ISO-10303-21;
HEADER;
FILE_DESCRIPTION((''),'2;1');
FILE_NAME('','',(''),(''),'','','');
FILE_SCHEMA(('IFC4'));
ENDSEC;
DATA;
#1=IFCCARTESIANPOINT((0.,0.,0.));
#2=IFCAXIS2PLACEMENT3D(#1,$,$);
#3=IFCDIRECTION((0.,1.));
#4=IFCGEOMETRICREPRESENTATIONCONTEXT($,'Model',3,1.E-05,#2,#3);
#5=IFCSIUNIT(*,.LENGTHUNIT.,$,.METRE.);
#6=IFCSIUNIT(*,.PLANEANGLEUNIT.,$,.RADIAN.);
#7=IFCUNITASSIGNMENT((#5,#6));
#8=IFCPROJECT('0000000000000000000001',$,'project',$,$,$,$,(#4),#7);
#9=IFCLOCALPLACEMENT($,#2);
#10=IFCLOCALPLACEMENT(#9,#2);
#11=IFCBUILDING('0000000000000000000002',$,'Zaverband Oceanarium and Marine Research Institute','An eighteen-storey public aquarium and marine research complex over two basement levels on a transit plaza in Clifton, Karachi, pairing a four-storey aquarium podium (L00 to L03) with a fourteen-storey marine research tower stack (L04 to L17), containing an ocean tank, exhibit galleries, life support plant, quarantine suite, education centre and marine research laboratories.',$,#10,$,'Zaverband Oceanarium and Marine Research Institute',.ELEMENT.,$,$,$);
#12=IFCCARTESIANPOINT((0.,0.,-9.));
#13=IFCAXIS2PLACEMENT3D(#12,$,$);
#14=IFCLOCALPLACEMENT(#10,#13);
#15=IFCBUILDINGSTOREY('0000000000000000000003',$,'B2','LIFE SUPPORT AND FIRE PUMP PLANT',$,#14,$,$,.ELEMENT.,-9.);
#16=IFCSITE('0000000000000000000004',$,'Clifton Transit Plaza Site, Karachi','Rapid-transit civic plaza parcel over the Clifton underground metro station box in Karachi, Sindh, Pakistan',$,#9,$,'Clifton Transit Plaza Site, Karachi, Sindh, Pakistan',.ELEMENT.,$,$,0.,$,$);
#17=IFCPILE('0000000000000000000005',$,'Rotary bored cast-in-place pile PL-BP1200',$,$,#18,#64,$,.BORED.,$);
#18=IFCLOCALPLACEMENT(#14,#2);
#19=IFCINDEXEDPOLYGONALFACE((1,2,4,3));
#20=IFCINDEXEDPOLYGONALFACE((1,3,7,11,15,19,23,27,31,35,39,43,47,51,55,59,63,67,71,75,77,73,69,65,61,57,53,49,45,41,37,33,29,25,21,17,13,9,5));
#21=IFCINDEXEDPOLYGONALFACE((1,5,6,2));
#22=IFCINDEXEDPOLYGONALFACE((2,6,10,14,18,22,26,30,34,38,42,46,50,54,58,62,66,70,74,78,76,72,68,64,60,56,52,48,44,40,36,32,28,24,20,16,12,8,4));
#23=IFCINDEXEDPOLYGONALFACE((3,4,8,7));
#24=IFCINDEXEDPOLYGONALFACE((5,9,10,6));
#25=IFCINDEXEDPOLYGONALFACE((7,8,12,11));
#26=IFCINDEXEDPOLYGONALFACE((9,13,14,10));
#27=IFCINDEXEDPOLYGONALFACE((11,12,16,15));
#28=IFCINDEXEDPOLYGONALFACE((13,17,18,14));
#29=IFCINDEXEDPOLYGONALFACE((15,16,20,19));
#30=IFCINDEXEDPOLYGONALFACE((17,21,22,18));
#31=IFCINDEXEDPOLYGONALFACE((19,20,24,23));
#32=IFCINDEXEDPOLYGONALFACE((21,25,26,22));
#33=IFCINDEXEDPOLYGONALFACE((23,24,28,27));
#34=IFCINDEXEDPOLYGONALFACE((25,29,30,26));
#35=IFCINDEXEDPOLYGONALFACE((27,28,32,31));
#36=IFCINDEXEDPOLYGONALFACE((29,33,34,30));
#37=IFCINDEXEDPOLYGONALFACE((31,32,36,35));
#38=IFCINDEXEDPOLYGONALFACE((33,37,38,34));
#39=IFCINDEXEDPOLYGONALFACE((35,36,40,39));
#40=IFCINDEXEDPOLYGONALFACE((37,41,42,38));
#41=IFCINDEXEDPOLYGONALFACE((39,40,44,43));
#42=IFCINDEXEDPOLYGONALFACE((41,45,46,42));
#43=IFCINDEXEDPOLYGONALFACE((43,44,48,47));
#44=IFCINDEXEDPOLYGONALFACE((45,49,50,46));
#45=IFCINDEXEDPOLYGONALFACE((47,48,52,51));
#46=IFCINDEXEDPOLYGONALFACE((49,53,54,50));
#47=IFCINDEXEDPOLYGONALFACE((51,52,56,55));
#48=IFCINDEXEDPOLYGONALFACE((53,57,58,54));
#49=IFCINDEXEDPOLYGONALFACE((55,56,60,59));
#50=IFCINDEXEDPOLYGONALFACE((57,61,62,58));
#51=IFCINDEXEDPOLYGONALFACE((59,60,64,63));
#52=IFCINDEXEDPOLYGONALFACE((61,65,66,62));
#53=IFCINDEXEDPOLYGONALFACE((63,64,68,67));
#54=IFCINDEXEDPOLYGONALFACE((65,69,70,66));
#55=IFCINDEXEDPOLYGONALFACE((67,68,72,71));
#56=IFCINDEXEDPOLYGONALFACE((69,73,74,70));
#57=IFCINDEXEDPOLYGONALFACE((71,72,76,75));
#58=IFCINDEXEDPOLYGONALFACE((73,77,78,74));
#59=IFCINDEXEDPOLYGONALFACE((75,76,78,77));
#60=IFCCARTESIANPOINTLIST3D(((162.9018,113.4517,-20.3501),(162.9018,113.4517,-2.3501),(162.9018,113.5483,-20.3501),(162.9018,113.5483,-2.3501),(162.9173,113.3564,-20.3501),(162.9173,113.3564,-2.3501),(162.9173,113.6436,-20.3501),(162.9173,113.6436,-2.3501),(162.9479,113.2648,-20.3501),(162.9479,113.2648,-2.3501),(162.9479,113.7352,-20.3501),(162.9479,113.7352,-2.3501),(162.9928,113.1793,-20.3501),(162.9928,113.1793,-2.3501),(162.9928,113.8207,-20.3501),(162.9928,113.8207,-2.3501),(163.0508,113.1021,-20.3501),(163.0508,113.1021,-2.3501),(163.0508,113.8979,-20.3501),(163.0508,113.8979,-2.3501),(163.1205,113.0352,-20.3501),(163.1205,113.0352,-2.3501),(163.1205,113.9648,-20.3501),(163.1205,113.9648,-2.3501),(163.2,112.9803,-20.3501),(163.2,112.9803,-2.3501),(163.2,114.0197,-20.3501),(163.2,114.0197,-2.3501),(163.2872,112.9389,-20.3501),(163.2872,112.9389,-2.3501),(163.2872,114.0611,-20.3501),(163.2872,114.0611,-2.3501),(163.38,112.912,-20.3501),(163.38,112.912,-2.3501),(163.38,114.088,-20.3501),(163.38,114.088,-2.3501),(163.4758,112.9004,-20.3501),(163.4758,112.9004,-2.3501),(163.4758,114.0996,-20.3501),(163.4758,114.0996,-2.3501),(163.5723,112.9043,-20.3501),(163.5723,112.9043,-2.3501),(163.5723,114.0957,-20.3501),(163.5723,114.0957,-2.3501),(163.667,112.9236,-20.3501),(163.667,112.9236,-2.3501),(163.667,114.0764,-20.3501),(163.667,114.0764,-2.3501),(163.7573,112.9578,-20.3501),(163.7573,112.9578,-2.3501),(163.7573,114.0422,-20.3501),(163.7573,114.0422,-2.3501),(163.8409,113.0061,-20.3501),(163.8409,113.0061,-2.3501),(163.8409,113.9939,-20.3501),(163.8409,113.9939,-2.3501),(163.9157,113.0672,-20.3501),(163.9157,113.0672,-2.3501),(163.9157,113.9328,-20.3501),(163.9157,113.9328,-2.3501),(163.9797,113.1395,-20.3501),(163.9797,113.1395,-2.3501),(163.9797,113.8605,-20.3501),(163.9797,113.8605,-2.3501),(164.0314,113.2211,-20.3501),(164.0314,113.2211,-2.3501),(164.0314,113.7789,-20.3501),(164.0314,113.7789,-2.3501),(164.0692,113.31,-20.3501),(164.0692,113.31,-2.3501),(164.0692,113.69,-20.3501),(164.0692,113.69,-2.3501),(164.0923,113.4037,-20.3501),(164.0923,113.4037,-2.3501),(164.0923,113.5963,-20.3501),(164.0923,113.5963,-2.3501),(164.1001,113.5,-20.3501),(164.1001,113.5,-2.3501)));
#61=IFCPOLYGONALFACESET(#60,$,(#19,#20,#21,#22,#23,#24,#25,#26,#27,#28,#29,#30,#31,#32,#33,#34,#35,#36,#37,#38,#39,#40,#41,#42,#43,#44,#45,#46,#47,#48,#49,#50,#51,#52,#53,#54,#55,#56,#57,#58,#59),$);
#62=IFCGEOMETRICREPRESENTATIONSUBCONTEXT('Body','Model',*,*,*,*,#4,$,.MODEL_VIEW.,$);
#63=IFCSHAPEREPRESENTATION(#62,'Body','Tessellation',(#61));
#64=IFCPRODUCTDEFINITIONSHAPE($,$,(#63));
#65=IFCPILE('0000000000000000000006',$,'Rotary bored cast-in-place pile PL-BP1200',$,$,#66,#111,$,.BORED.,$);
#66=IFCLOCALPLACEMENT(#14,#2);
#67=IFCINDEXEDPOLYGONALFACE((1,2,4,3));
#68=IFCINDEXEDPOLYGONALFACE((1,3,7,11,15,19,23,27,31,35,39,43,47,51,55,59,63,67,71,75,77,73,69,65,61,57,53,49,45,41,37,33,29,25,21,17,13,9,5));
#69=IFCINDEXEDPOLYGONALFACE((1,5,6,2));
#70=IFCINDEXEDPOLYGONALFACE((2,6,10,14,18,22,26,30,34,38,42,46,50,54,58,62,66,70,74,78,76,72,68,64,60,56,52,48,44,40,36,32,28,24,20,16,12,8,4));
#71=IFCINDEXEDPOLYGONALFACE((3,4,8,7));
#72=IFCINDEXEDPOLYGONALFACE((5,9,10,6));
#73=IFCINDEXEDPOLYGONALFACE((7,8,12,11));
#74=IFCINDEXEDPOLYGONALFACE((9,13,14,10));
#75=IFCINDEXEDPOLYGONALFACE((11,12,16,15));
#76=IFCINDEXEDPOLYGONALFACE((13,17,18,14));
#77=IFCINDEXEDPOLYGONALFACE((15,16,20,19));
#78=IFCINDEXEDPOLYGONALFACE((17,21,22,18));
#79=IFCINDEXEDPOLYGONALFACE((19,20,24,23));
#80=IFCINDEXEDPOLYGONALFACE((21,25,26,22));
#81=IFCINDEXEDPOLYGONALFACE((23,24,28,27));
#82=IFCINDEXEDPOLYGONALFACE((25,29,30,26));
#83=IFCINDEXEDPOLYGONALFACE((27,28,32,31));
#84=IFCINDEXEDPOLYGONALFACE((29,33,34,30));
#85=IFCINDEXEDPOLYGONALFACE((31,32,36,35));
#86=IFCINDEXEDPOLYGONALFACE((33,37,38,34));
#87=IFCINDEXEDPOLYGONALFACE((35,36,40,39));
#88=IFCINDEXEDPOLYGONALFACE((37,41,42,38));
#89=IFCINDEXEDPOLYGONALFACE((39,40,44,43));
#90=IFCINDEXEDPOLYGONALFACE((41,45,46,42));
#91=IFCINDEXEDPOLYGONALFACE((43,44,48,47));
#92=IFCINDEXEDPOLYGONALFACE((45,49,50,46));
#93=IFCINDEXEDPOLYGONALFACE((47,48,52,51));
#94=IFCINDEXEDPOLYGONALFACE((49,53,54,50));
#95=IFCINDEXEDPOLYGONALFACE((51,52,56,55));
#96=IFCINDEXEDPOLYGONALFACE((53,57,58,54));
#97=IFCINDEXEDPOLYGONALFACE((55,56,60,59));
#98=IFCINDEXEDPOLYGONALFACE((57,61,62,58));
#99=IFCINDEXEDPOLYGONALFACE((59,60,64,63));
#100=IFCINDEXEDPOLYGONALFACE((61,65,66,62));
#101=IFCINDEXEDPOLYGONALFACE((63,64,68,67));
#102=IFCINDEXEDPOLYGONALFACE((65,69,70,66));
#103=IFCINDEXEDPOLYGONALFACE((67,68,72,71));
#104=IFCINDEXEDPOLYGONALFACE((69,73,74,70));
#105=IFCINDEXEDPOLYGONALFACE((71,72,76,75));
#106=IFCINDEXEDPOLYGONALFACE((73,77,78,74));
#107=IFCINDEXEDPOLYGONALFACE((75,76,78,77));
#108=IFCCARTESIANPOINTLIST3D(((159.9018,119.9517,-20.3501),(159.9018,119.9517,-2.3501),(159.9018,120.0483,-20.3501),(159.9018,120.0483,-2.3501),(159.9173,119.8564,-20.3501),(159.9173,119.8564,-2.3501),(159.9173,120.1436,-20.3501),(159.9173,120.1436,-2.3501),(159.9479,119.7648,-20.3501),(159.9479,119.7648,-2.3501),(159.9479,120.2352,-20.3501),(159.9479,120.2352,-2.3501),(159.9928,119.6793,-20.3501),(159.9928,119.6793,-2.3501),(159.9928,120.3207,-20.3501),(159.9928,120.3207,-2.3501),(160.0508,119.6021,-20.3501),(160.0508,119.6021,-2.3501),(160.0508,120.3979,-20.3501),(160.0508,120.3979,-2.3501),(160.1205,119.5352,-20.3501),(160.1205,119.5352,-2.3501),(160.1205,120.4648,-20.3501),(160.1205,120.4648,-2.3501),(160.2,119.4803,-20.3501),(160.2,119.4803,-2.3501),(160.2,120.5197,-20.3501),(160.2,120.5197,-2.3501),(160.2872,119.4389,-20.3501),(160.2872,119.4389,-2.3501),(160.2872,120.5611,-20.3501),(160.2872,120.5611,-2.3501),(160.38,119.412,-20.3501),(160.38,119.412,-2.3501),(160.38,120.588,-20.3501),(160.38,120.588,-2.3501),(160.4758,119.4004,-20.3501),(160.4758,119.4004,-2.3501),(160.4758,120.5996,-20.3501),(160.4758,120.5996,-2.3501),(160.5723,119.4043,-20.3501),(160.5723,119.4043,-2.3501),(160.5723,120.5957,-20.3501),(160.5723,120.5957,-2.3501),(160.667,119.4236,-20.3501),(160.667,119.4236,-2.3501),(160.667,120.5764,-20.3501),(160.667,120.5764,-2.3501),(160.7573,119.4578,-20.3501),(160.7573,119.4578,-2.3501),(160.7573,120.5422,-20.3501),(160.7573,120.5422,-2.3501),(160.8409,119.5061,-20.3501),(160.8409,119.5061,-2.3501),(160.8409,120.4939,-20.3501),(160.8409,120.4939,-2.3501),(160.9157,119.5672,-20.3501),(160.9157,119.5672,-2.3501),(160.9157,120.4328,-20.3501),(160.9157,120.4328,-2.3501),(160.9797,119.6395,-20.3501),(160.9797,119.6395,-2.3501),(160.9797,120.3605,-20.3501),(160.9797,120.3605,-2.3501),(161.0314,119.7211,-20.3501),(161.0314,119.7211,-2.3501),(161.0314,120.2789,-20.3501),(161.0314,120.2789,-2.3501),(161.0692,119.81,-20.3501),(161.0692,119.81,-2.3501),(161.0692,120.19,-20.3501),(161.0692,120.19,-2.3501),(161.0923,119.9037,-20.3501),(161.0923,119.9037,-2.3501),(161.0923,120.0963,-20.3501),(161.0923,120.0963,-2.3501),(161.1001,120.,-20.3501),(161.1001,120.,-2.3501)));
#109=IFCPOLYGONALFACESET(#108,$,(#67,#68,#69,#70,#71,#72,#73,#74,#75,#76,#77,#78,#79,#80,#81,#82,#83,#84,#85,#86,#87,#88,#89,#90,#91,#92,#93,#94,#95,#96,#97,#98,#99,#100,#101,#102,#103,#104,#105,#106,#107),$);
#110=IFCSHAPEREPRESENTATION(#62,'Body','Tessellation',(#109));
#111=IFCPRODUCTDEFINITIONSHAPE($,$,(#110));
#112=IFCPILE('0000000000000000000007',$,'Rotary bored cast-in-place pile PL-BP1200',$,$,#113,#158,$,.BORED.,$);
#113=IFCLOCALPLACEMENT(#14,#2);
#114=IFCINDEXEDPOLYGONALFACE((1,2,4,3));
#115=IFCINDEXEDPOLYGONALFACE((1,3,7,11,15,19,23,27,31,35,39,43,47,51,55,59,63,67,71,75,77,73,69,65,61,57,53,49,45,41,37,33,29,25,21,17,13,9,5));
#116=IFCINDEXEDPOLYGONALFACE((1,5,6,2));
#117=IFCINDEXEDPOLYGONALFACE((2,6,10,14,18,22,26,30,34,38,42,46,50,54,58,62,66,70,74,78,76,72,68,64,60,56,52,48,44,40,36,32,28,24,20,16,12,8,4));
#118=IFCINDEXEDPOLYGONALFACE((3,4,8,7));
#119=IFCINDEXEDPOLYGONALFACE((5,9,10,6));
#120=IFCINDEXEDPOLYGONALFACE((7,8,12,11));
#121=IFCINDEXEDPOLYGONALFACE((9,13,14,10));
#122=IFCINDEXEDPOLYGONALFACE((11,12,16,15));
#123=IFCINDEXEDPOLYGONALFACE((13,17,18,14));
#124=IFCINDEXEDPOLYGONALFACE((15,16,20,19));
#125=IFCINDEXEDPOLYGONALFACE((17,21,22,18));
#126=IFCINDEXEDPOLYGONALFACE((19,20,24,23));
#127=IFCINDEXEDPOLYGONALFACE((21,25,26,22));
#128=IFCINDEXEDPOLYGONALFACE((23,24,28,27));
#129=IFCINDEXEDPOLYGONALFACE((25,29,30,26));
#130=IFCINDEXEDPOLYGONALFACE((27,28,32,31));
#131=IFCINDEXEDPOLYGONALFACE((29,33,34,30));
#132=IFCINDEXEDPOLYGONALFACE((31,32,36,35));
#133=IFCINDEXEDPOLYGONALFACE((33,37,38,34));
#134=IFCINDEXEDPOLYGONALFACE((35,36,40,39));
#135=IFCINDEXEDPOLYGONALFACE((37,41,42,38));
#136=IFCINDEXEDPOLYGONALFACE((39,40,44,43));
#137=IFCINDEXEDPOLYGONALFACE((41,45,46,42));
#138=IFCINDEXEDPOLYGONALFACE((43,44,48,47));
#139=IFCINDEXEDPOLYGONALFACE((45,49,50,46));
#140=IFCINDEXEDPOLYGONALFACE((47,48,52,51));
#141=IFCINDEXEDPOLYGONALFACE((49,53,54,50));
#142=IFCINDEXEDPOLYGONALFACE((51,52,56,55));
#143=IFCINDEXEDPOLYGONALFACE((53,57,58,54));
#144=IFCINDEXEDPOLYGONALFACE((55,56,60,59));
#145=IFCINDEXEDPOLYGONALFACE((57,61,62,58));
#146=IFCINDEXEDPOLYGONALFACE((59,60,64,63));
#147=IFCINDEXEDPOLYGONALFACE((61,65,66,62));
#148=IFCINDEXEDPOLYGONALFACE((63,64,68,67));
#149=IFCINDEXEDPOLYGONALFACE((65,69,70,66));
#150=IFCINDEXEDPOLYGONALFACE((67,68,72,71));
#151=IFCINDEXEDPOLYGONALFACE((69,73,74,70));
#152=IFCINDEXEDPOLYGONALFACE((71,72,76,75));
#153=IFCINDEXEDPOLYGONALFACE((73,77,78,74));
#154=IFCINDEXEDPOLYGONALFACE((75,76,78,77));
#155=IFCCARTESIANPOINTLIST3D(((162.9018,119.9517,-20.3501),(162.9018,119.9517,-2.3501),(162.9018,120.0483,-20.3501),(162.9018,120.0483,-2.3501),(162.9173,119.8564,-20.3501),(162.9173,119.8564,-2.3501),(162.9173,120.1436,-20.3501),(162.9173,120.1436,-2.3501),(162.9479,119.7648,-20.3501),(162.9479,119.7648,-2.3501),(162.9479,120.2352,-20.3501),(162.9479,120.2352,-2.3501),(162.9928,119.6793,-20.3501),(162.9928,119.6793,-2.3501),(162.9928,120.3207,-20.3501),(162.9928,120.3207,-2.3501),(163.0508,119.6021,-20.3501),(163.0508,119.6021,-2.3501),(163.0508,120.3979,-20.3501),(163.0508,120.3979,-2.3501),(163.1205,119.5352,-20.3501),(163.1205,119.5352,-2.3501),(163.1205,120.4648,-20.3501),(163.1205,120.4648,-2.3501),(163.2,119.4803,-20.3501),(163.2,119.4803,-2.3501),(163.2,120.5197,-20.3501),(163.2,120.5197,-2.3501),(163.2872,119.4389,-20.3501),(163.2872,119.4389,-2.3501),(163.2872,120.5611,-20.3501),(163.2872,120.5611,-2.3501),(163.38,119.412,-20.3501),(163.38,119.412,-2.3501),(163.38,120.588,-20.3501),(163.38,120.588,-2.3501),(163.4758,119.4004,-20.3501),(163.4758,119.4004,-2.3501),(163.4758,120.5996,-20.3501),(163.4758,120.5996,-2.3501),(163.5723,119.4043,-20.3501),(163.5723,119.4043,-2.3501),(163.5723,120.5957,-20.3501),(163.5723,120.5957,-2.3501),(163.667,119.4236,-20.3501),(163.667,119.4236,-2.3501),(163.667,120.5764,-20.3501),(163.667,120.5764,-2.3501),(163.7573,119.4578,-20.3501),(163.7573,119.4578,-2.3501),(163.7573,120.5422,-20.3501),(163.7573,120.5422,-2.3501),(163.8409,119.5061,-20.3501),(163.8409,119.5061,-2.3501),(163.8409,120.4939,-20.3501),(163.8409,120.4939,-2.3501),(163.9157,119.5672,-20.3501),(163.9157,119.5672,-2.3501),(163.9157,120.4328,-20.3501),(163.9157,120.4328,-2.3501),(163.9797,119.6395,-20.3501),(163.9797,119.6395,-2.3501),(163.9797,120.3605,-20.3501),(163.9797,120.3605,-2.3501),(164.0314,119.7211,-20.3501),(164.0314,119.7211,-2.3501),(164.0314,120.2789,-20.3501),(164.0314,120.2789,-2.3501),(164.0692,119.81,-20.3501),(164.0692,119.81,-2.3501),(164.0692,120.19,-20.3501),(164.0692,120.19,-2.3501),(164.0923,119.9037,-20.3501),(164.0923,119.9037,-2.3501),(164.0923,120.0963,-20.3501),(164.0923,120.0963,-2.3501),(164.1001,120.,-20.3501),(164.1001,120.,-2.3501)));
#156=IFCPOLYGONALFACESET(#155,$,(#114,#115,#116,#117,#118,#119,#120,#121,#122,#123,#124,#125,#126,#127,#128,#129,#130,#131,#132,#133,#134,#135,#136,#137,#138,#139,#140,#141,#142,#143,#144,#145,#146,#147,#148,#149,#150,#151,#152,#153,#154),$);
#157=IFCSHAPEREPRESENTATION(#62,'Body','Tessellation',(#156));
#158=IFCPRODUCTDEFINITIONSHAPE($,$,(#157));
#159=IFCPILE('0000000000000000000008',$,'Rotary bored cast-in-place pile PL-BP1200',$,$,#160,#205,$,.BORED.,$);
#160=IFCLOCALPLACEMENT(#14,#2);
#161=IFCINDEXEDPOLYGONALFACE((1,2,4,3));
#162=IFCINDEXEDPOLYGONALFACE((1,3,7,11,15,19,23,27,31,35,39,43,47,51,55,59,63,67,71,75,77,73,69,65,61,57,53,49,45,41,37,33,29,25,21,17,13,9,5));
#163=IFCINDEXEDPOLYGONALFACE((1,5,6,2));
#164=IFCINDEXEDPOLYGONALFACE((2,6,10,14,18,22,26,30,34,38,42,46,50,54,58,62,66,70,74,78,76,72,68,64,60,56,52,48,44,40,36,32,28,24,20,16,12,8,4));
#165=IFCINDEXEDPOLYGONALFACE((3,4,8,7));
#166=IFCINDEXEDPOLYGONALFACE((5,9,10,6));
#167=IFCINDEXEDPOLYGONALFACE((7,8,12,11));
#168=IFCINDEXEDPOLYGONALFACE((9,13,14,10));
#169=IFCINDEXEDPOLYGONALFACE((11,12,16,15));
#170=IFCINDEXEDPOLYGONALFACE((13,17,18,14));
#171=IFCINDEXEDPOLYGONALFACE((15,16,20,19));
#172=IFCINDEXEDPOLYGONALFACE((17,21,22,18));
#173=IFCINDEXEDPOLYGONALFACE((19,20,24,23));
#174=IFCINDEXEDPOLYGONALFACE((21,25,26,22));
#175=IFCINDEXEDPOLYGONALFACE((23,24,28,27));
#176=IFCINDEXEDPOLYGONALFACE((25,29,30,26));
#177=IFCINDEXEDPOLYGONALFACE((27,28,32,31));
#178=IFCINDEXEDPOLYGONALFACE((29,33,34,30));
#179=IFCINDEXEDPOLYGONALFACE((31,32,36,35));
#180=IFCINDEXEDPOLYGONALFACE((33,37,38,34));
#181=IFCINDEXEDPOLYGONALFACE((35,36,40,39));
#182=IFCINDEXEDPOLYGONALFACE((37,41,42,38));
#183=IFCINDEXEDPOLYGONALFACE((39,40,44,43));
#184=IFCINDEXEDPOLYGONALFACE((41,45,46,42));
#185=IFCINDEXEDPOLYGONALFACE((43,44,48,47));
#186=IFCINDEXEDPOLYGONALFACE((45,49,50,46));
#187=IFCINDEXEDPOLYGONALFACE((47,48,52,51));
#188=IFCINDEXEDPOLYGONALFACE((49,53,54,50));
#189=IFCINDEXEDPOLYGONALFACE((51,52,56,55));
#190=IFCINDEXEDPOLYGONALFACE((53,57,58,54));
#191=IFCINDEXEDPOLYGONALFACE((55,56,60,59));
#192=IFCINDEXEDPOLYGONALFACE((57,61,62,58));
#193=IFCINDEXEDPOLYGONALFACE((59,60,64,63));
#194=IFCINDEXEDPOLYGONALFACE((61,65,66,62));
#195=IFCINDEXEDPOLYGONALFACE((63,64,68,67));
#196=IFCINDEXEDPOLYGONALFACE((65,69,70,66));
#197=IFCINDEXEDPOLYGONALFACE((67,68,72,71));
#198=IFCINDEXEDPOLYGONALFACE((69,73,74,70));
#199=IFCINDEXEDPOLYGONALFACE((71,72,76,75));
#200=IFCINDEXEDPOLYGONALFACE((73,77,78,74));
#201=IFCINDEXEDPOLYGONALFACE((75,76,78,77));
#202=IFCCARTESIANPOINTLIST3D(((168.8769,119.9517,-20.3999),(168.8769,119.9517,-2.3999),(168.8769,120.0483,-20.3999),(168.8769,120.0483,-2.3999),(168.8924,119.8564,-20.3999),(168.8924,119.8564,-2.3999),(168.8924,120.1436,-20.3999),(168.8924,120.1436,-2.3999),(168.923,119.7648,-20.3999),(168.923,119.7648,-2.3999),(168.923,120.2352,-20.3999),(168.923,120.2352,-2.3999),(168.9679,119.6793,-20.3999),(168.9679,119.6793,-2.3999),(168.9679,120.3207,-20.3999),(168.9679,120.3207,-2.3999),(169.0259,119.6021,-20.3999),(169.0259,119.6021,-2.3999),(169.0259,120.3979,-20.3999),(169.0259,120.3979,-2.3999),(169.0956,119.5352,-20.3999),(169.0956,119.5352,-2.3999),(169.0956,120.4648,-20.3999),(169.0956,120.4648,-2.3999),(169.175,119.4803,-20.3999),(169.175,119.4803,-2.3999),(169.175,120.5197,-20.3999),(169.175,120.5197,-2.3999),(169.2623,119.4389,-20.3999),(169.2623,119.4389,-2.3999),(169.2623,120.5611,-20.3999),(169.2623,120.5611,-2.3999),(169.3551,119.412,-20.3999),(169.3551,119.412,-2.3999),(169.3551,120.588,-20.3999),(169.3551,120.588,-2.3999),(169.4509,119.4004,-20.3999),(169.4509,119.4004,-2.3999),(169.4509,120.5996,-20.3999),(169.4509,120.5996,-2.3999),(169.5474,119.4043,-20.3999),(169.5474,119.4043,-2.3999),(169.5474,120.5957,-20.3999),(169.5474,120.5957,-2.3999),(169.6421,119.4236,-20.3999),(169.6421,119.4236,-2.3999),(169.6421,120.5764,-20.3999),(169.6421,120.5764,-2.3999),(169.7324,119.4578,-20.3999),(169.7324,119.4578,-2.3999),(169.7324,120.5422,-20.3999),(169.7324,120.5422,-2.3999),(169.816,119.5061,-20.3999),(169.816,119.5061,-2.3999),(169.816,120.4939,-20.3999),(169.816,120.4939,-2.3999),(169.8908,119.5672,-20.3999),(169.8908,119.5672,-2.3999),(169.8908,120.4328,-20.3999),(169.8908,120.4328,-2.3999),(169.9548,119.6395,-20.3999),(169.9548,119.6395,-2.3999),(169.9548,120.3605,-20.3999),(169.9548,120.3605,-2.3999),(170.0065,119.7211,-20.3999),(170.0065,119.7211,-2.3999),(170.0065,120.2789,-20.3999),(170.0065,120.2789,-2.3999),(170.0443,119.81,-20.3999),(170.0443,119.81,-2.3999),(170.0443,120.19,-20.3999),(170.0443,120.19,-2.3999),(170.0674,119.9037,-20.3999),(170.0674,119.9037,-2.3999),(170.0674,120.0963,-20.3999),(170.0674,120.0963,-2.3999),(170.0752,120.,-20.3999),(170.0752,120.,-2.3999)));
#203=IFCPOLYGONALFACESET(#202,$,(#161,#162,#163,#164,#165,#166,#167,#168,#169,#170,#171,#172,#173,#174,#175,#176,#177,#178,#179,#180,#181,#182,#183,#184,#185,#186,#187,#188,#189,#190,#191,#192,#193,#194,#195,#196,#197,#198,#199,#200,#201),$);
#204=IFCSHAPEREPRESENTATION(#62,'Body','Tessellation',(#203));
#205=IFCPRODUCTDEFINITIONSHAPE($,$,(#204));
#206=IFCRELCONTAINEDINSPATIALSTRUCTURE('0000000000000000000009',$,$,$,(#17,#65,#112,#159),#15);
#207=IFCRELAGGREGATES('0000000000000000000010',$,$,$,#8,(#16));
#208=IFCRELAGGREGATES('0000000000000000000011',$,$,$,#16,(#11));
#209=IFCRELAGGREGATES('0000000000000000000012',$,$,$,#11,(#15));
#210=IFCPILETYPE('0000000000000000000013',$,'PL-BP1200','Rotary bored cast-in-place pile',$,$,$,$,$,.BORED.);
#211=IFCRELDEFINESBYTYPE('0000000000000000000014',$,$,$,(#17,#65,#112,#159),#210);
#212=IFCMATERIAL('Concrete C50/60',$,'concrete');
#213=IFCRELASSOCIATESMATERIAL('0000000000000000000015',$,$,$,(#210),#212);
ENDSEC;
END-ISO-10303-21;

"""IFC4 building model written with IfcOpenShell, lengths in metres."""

from ifc_helpers import new_model, si_unit, direction, frame, origin, origin_2d, place, context, subcontext, project, spatial, circle, extrude, material, material_profile, profile_set, type_object, element, save


model = new_model("IFC4")

# Units and contexts
model_context = context("Model", 3, precision=1e-05, world=origin(), true_north=direction((0.0, 1.0)))
body_context = subcontext(model_context, "Body", "Model", "MODEL_VIEW")
ifc_project = project(units=[si_unit("LENGTHUNIT", "METRE"), si_unit("PLANEANGLEUNIT", "RADIAN")], contexts=[model_context])

# Site, building, storey
site_placement = place(None, origin())
site = spatial("IfcSite", under=ifc_project, at=site_placement, Name="Clifton Transit Plaza Site, Karachi", Description="Rapid-transit civic plaza parcel over the Clifton underground metro station box in Karachi, Sindh, Pakistan", LongName="Clifton Transit Plaza Site, Karachi, Sindh, Pakistan", CompositionType="ELEMENT", RefElevation=0.0)
building_placement = place(site_placement, origin())
building = spatial("IfcBuilding", under=site, at=building_placement, Name="Zaverband Oceanarium and Marine Research Institute", Description="An eighteen-storey public aquarium and marine research complex over two basement levels on a transit plaza in Clifton, Karachi, pairing a four-storey aquarium podium (L00 to L03) with a fourteen-storey marine research tower stack (L04 to L17), containing an ocean tank, exhibit galleries, life support plant, quarantine suite, education centre and marine research laboratories.", LongName="Zaverband Oceanarium and Marine Research Institute", CompositionType="ELEMENT")
storey_placement = place(building_placement, frame((0.0, 0.0, -9.0)))
storey = spatial("IfcBuildingStorey", under=building, at=storey_placement, Name="B2", Description="LIFE SUPPORT AND FIRE PUMP PLANT", CompositionType="ELEMENT", Elevation=-9.0)

# Shared definitions
ifc_material_1 = material(Name="Concrete C50/60", Category="concrete")

# Piles
ifc_material_profile_1 = material_profile(ifc_material_1, circle(Radius=0.6001, at=origin_2d()), Name="BP1200")
ifc_profile_set_1 = profile_set([ifc_material_profile_1], Name="Concrete C50/60")
pile_type_1 = type_object("IfcPileType", Name="PL-BP1200", Description="Rotary bored cast-in-place pile", PredefinedType="BORED", material=ifc_profile_set_1)
for number, where, z_axis, x_axis, name in (
    (1, (163.5, 113.5, -2.3501), (0.0, 0.0, -1.0), (1.0, 0.0, 0.0), "Rotary bored cast-in-place pile PL-BP1200"),
    (2, (160.5, 120.0, -2.3501), (0.0, 0.0, -1.0), (1.0, 0.0, 0.0), "Rotary bored cast-in-place pile PL-BP1200"),
    (3, (163.5, 120.0, -2.3501), (0.0, 0.0, -1.0), (1.0, 0.0, 0.0), "Rotary bored cast-in-place pile PL-BP1200"),
    (4, (169.4751, 120.0, -2.3999), (0.0, 0.0, -1.0), (1.0, 0.0, 0.0), "Rotary bored cast-in-place pile PL-BP1200"),
):
    element("IfcPile", number, at=place(storey_placement, frame(where, z_axis=z_axis, x_axis=x_axis)), inside=storey, type_object=pile_type_1, Name=name, PredefinedType="BORED", context=body_context, shape_type="SweptSolid", body=[
        extrude(circle(Radius=0.6001, at=origin_2d()), origin(), (0.0, 0.0, 1.0), 18.0),
    ])

save(model, "model.ifc")
